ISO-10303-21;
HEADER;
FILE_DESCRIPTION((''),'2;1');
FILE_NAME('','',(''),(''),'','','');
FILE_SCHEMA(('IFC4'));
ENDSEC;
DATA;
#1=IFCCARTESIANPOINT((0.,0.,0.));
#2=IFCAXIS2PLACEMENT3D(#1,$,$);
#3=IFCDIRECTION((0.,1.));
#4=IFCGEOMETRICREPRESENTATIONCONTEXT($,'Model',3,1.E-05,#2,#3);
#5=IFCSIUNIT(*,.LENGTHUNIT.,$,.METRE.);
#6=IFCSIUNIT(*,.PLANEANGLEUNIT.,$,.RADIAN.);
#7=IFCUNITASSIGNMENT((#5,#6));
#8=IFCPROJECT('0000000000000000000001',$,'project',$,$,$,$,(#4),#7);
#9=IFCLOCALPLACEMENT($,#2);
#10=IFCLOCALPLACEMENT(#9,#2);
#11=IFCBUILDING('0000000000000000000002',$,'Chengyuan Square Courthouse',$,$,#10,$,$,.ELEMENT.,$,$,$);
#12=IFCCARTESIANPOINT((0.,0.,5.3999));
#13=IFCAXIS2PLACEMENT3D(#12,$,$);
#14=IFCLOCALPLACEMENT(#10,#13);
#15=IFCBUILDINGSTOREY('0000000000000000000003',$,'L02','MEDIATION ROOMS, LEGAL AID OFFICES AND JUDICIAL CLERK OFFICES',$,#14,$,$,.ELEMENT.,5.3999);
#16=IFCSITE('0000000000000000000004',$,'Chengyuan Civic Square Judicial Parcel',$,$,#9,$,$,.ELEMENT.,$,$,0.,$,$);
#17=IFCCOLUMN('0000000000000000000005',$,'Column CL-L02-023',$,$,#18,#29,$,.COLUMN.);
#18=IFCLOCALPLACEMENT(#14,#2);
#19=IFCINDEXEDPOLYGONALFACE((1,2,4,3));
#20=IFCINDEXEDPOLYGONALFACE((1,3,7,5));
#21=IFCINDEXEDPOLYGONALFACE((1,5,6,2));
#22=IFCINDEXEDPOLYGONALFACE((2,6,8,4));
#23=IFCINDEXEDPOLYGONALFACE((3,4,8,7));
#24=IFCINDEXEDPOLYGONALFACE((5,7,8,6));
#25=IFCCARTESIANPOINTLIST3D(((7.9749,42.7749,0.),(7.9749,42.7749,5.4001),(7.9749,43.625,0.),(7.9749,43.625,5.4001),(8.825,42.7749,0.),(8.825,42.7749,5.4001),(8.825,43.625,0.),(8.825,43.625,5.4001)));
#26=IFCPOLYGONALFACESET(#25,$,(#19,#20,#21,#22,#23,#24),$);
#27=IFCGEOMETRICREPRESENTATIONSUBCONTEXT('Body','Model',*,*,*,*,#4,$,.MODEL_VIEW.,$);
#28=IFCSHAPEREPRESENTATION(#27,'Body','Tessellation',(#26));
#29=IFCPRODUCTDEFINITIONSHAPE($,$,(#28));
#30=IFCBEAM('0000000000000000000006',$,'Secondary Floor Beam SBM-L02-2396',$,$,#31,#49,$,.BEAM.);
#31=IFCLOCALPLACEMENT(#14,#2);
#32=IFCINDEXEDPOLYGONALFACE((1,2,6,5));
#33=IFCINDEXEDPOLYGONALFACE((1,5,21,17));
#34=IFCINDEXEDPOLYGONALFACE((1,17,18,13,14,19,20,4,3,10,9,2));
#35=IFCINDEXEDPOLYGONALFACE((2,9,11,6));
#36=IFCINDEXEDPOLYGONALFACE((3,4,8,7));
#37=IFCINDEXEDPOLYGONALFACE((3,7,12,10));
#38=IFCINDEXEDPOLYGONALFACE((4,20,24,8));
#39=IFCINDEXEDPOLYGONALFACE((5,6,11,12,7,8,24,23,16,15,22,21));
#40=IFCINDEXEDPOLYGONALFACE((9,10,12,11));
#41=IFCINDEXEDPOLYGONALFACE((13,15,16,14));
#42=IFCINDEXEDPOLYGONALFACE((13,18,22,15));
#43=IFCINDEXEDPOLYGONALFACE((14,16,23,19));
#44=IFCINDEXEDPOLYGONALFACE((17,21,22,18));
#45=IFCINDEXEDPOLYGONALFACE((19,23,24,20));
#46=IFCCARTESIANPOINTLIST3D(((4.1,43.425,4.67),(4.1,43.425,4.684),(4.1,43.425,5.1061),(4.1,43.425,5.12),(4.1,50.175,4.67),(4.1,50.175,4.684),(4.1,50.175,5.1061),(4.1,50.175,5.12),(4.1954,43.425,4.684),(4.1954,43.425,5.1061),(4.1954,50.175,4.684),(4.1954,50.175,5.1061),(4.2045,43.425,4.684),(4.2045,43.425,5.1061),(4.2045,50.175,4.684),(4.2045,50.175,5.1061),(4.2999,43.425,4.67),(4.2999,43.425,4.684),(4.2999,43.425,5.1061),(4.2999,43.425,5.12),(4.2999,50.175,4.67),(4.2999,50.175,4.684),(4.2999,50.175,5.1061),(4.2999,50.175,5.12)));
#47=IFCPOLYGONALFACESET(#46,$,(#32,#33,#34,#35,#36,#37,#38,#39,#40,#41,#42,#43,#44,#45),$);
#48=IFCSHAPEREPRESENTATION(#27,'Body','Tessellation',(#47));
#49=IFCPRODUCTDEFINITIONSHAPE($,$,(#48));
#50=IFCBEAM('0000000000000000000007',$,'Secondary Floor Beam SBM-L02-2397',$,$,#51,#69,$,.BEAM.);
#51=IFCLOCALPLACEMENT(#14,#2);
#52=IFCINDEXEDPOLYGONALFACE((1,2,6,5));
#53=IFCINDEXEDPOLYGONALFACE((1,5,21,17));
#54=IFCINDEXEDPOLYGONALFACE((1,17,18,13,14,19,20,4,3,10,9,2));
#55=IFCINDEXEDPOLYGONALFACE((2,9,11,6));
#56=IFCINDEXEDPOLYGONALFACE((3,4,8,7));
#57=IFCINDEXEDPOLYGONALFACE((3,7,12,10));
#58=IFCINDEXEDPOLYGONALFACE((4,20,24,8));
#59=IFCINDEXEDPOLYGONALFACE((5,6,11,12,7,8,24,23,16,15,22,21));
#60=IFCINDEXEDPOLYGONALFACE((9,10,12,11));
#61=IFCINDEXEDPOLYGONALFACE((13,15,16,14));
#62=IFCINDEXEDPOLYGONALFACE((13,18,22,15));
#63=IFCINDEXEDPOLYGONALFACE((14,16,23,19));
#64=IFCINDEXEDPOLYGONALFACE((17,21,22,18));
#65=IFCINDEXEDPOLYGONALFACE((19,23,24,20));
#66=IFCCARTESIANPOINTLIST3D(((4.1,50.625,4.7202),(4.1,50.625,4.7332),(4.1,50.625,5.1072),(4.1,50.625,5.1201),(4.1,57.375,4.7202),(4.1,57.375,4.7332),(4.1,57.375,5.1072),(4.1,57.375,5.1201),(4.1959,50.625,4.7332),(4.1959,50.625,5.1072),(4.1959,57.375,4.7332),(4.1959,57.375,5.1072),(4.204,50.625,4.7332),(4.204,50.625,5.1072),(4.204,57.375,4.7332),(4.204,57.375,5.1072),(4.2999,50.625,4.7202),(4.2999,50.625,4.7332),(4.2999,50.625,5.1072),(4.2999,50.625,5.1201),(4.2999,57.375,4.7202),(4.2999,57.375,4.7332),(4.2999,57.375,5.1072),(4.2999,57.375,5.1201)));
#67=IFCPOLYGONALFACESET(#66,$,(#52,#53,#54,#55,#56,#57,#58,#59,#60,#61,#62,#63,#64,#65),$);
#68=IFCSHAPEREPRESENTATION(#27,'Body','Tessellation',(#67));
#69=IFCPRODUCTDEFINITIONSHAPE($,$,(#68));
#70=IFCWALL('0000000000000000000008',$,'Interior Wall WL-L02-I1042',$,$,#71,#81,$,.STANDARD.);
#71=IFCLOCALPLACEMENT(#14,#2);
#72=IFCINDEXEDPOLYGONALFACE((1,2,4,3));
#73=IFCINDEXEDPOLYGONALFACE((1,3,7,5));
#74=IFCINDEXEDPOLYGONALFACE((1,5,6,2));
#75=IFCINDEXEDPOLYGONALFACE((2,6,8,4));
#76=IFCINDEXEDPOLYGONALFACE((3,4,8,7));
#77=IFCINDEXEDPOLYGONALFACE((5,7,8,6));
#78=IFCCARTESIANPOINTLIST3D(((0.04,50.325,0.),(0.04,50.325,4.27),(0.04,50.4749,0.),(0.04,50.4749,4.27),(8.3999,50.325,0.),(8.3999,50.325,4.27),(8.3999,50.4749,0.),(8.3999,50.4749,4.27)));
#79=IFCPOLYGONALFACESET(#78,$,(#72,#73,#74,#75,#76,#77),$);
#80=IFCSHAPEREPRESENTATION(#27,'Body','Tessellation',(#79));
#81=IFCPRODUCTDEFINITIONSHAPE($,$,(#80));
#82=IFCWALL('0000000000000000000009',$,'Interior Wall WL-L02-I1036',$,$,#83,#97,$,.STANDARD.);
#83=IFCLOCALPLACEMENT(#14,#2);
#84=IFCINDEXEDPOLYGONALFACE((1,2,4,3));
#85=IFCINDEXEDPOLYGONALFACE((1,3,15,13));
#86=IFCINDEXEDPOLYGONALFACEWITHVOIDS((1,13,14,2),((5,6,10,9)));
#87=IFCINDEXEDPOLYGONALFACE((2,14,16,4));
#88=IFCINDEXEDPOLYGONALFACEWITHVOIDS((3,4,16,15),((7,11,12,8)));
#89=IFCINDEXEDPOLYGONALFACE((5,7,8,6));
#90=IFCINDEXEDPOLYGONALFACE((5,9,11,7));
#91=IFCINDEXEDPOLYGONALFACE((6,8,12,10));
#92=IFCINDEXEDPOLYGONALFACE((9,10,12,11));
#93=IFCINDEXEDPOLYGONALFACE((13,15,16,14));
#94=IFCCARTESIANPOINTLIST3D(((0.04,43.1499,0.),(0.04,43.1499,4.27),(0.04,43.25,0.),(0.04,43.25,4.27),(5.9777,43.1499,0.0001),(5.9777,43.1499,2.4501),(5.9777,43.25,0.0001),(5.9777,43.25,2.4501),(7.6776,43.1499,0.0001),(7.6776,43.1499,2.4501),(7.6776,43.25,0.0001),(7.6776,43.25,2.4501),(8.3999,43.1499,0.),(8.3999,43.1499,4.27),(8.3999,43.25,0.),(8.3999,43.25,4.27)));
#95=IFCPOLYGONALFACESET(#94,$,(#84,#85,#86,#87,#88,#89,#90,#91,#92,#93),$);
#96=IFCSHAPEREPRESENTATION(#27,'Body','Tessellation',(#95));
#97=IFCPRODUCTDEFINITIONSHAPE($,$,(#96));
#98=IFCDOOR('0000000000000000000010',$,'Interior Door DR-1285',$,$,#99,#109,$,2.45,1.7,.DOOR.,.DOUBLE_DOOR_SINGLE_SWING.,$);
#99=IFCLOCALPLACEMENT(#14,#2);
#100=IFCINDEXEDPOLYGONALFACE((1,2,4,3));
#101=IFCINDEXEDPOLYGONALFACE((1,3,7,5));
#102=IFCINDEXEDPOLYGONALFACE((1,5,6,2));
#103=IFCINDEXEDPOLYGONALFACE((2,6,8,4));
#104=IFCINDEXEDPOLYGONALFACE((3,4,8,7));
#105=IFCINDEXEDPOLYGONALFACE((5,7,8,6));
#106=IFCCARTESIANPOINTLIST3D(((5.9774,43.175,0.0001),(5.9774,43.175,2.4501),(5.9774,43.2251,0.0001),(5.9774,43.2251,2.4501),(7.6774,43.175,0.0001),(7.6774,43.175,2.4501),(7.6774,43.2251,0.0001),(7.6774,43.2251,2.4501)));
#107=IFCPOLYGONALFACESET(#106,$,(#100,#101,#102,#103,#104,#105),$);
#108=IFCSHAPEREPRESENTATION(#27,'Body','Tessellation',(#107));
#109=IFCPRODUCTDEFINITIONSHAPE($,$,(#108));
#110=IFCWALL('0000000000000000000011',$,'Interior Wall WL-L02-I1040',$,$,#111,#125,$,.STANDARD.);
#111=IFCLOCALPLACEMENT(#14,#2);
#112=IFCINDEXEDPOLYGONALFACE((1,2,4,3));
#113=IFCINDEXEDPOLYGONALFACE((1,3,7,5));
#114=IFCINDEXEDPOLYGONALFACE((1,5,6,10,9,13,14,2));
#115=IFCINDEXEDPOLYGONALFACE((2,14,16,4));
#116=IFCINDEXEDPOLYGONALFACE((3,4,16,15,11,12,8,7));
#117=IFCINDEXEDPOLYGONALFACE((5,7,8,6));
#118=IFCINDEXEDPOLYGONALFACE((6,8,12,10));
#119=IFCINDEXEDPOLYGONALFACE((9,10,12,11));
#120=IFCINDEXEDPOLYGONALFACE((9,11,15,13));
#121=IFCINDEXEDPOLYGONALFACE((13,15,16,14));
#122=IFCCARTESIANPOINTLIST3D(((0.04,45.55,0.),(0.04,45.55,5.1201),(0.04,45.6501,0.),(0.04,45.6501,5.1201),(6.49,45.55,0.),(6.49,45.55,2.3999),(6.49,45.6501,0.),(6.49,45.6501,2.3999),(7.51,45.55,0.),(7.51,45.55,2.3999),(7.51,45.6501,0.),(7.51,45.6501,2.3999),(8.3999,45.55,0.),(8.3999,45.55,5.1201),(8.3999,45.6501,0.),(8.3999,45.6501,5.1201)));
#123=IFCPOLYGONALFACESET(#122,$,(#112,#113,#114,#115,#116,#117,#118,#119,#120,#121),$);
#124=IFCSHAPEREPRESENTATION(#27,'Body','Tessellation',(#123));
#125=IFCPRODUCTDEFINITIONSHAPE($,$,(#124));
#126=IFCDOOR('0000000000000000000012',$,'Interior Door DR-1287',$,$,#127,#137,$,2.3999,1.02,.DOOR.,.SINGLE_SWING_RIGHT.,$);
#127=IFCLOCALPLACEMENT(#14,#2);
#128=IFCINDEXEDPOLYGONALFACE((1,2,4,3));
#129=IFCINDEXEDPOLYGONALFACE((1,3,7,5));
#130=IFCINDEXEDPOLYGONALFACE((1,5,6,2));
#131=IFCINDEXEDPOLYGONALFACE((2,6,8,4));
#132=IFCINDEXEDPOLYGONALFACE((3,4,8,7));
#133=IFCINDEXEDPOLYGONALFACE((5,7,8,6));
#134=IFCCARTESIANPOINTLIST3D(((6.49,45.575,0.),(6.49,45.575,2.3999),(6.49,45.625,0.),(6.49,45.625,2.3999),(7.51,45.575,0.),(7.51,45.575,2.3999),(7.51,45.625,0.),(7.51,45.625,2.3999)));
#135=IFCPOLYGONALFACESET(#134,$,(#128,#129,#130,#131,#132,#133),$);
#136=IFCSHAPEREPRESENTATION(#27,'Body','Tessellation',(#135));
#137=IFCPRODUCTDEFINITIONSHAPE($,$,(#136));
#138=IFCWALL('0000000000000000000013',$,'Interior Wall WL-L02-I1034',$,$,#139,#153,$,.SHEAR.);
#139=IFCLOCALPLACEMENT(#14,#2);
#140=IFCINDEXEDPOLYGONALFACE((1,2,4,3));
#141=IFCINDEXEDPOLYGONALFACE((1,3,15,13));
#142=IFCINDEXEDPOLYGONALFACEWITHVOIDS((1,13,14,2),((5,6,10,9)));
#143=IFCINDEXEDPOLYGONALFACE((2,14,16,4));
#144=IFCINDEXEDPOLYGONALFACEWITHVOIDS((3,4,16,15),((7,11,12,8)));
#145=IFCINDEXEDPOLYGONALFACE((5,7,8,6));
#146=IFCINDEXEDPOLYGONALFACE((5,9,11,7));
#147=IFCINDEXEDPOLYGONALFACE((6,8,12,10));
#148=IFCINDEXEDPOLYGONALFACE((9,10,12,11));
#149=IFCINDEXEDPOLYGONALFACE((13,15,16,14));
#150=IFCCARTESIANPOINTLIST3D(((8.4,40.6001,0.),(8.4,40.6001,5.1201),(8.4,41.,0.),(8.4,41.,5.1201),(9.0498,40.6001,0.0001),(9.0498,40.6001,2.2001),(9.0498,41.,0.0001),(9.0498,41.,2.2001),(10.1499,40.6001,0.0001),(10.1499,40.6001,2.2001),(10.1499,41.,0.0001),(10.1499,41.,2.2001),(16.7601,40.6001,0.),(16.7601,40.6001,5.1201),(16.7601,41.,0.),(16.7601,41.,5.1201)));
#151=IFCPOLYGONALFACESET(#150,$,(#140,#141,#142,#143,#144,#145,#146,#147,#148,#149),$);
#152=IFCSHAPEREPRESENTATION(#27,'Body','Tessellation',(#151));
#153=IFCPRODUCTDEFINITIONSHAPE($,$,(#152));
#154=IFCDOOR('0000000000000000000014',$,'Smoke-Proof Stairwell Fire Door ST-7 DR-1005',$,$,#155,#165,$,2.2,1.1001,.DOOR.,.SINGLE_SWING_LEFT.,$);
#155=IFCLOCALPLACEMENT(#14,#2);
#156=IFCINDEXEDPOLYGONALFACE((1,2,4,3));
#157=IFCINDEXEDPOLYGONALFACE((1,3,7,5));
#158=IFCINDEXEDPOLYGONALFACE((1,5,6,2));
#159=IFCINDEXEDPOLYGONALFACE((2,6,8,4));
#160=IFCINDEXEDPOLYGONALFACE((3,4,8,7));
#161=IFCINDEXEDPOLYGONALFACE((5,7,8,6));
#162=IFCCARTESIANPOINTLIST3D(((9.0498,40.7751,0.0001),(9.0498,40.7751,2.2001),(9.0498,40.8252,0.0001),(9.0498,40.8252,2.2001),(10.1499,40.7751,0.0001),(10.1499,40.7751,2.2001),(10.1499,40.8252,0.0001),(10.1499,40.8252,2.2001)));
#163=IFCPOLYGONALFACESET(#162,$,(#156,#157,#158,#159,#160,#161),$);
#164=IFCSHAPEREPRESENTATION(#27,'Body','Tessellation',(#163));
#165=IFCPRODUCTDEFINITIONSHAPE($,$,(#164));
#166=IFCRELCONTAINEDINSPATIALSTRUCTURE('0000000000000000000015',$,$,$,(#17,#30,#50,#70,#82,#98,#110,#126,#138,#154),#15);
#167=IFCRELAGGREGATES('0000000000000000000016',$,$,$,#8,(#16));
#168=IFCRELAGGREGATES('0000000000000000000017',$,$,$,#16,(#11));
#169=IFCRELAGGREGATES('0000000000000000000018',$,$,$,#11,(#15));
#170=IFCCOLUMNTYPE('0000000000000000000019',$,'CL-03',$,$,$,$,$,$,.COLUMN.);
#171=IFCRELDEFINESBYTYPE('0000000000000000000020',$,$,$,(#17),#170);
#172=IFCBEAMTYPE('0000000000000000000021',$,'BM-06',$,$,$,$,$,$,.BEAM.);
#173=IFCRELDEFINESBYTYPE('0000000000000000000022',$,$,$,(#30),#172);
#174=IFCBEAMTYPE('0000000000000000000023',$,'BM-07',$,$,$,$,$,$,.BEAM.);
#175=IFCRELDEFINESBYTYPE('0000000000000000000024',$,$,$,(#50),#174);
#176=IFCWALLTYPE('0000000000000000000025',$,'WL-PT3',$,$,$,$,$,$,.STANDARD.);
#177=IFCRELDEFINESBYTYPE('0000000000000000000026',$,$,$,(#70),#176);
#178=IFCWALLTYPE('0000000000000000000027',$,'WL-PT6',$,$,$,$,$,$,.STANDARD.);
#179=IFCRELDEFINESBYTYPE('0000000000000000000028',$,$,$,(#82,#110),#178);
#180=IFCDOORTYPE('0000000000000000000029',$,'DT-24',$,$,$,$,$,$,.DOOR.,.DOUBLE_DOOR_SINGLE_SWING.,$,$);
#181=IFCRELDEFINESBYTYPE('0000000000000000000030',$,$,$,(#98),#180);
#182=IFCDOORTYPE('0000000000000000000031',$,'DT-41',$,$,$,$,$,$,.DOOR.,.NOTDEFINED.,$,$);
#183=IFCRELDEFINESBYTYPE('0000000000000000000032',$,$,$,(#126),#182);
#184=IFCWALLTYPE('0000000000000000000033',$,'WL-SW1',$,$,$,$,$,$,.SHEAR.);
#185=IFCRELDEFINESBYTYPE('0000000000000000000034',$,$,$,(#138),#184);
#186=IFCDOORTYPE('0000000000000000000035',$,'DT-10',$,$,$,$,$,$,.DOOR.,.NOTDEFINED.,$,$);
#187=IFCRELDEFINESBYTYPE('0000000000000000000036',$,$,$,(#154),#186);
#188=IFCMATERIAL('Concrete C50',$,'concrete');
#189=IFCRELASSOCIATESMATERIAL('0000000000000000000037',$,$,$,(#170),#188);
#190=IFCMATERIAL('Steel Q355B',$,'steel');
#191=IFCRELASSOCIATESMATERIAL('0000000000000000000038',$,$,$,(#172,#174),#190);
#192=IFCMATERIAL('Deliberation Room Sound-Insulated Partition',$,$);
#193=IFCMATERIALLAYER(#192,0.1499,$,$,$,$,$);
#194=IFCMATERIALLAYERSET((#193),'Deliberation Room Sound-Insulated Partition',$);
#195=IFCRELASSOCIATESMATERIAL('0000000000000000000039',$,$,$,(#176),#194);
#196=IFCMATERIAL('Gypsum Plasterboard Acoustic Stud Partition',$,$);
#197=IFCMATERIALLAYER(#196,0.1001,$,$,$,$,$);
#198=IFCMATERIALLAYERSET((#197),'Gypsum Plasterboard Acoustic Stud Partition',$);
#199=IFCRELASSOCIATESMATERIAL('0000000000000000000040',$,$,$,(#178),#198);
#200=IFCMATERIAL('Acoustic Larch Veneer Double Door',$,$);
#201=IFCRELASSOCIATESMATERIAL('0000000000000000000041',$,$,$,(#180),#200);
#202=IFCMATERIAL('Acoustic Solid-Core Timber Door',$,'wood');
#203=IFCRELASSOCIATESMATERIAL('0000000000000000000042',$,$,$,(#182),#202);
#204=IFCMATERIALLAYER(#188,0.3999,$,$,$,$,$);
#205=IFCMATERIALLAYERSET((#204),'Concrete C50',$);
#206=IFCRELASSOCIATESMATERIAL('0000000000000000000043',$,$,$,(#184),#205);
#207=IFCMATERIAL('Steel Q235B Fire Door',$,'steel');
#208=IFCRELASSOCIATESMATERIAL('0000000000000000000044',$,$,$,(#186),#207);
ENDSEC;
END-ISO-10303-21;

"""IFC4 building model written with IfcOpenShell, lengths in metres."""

from ifc_helpers import new_model, si_unit, direction, frame, frame_2d, origin, origin_2d, place, context, subcontext, project, spatial, rectangle, i_section, extrude, material, layer, layer_set, material_profile, profile_set, type_object, element, fill, save


model = new_model("IFC4")

# Units and contexts
model_context = context("Model", 3, precision=1e-05, world=origin(), true_north=direction((0.0, 1.0)))
body_context = subcontext(model_context, "Body", "Model", "MODEL_VIEW")
ifc_project = project(units=[si_unit("LENGTHUNIT", "METRE"), si_unit("PLANEANGLEUNIT", "RADIAN")], contexts=[model_context])

# Site, building, storey
site_placement = place(None, origin())
site = spatial("IfcSite", under=ifc_project, at=site_placement, Name="Chengyuan Civic Square Judicial Parcel", CompositionType="ELEMENT", RefElevation=0.0)
building_placement = place(site_placement, origin())
building = spatial("IfcBuilding", under=site, at=building_placement, Name="Chengyuan Square Courthouse", CompositionType="ELEMENT")
storey_placement = place(building_placement, frame((0.0, 0.0, 5.3999)))
storey = spatial("IfcBuildingStorey", under=building, at=storey_placement, Name="L02", Description="MEDIATION ROOMS, LEGAL AID OFFICES AND JUDICIAL CLERK OFFICES", CompositionType="ELEMENT", Elevation=5.3999)

# Column
ifc_material_1 = material(Name="Concrete C50", Category="concrete")
ifc_material_profile_1 = material_profile(ifc_material_1, rectangle(XDim=0.8501, YDim=0.8501, at=origin_2d()), Name="RC-COL-850x850")
ifc_profile_set_1 = profile_set([ifc_material_profile_1], Name="Concrete C50")
column_type = type_object("IfcColumnType", Name="CL-03", PredefinedType="COLUMN", material=ifc_profile_set_1)
column_placement = place(storey_placement, frame((8.3999, 43.2, 0.0), z_axis=(0.0, 0.0, 1.0), x_axis=(1.0, 0.0, 0.0)))
element("IfcColumn", 1, at=column_placement, inside=storey, type_object=column_type, Name="Column CL-L02-023", PredefinedType="COLUMN", context=body_context, shape_type="SweptSolid", body=[
    extrude(rectangle(XDim=0.8501, YDim=0.8501, at=origin_2d()), origin(), (0.0, 0.0, 1.0), 5.4001),
])

# Beams
ifc_material_2 = material(Name="Steel Q355B", Category="steel")
ifc_material_profile_2 = material_profile(ifc_material_2, i_section(OverallWidth=0.2, OverallDepth=0.45, WebThickness=0.009, FlangeThickness=0.0139, at=origin_2d()), Name="HN 450x200x9x14")
ifc_profile_set_2 = profile_set([ifc_material_profile_2], Name="Steel Q355B")
beam_type_1 = type_object("IfcBeamType", Name="BM-06", PredefinedType="BEAM", material=ifc_profile_set_2)
beam_1_placement = place(storey_placement, frame((4.2, 43.425, 4.895), z_axis=(0.0, 1.0, 0.0), x_axis=(-1.0, 0.0, 0.0)))
element("IfcBeam", 2, at=beam_1_placement, inside=storey, type_object=beam_type_1, Name="Secondary Floor Beam SBM-L02-2396", PredefinedType="BEAM", context=body_context, shape_type="SweptSolid", body=[
    extrude(i_section(OverallWidth=0.2, OverallDepth=0.45, WebThickness=0.009, FlangeThickness=0.0139, at=origin_2d()), origin(), (0.0, 0.0, 1.0), 6.75),
])
ifc_material_profile_3 = material_profile(ifc_material_2, i_section(OverallWidth=0.2, OverallDepth=0.3999, WebThickness=0.0081, FlangeThickness=0.0129, at=origin_2d()), Name="HN 400x200x8x13")
ifc_profile_set_3 = profile_set([ifc_material_profile_3], Name="Steel Q355B")
beam_type_2 = type_object("IfcBeamType", Name="BM-07", PredefinedType="BEAM", material=ifc_profile_set_3)
beam_2_placement = place(storey_placement, frame((4.2, 50.625, 4.9202), z_axis=(0.0, 1.0, 0.0), x_axis=(-1.0, 0.0, 0.0)))
element("IfcBeam", 3, at=beam_2_placement, inside=storey, type_object=beam_type_2, Name="Secondary Floor Beam SBM-L02-2397", PredefinedType="BEAM", context=body_context, shape_type="SweptSolid", body=[
    extrude(i_section(OverallWidth=0.2, OverallDepth=0.3999, WebThickness=0.0081, FlangeThickness=0.0129, at=origin_2d()), origin(), (0.0, 0.0, 1.0), 6.75),
])

# Shared definitions
ifc_material_3 = material(Name="Steel Q235B Fire Door", Category="steel")

# Wall
ifc_material_4 = material(Name="Deliberation Room Sound-Insulated Partition")
ifc_layer_1 = layer(ifc_material_4, 0.1499)
ifc_layer_set_1 = layer_set([ifc_layer_1], Name="Deliberation Room Sound-Insulated Partition")
wall_type_1 = type_object("IfcWallType", Name="WL-PT3", PredefinedType="STANDARD", material=ifc_layer_set_1)
wall_1_placement = place(storey_placement, frame((0.04, 50.3999, 0.0), z_axis=(0.0, 0.0, 1.0), x_axis=(1.0, 0.0, 0.0)))
element("IfcWall", 4, at=wall_1_placement, inside=storey, type_object=wall_type_1, Name="Interior Wall WL-L02-I1042", PredefinedType="STANDARD", context=body_context, shape_type="SweptSolid", body=[
    extrude(rectangle(XDim=8.3599, YDim=0.1499, at=frame_2d((4.1799, 0.0))), origin(), (0.0, 0.0, 1.0), 4.27),
])

# Walls, openings, doors
ifc_material_5 = material(Name="Gypsum Plasterboard Acoustic Stud Partition")
ifc_layer_2 = layer(ifc_material_5, 0.1001)
ifc_layer_set_2 = layer_set([ifc_layer_2], Name="Gypsum Plasterboard Acoustic Stud Partition")
wall_type_2 = type_object("IfcWallType", Name="WL-PT6", PredefinedType="STANDARD", material=ifc_layer_set_2)
wall_2_placement = place(storey_placement, frame((0.04, 43.2, 0.0), z_axis=(0.0, 0.0, 1.0), x_axis=(1.0, 0.0, 0.0)))
wall_2 = element("IfcWall", 5, at=wall_2_placement, inside=storey, type_object=wall_type_2, Name="Interior Wall WL-L02-I1036", PredefinedType="STANDARD", context=body_context, shape_type="SweptSolid", body=[
    extrude(rectangle(XDim=8.3599, YDim=0.1001, at=frame_2d((4.1799, 0.0))), origin(), (0.0, 0.0, 1.0), 4.27),
])
opening_1_placement = place(wall_2_placement, frame((5.9375, 0.0, 0.0)))
opening_1 = element("IfcOpeningElement", 6, at=opening_1_placement, cuts=wall_2, PredefinedType="OPENING", context=body_context, shape_type="SweptSolid", body=[
    extrude(rectangle(XDim=1.7, YDim=2.45, at=frame_2d((0.8501, 1.2251))), frame((0.0, 0.062, 0.0), z_axis=(0.0, -1.0, 0.0), x_axis=(1.0, 0.0, 0.0)), (0.0, 0.0, 1.0), 0.124),
])
ifc_material_6 = material(Name="Acoustic Larch Veneer Double Door")
door_type_1 = type_object("IfcDoorType", Name="DT-24", OperationType="DOUBLE_DOOR_SINGLE_SWING", PredefinedType="DOOR", material=ifc_material_6)
door_1_placement = place(opening_1_placement, frame((1.7, 0.0, 0.0), z_axis=(0.0, 0.0, 1.0), x_axis=(-1.0, 0.0, 0.0)))
door_1 = element("IfcDoor", 7, at=door_1_placement, inside=storey, type_object=door_type_1, Name="Interior Door DR-1285", OperationType="DOUBLE_DOOR_SINGLE_SWING", OverallHeight=2.45, OverallWidth=1.7, PredefinedType="DOOR", context=body_context, shape_type="SweptSolid", body=[
    extrude(rectangle(XDim=1.7, YDim=2.45, at=frame_2d((0.8501, 1.2251))), frame((0.0, 0.0249, 0.0), z_axis=(0.0, -1.0, 0.0), x_axis=(1.0, 0.0, 0.0)), (0.0, 0.0, 1.0), 0.05),
])
fill(opening_1, door_1)
wall_3_placement = place(storey_placement, frame((0.04, 45.6001, 0.0), z_axis=(0.0, 0.0, 1.0), x_axis=(1.0, 0.0, 0.0)))
wall_3 = element("IfcWall", 8, at=wall_3_placement, inside=storey, type_object=wall_type_2, Name="Interior Wall WL-L02-I1040", PredefinedType="STANDARD", context=body_context, shape_type="SweptSolid", body=[
    extrude(rectangle(XDim=8.3599, YDim=0.1001, at=frame_2d((4.1799, 0.0))), origin(), (0.0, 0.0, 1.0), 5.1201),
])
opening_2_placement = place(wall_3_placement, frame((6.45, 0.0, 0.0)))
opening_2 = element("IfcOpeningElement", 9, at=opening_2_placement, cuts=wall_3, PredefinedType="OPENING", context=body_context, shape_type="SweptSolid", body=[
    extrude(rectangle(XDim=1.02, YDim=2.3999, at=frame_2d((0.51, 1.2))), frame((0.0, 0.062, 0.0), z_axis=(0.0, -1.0, 0.0), x_axis=(1.0, 0.0, 0.0)), (0.0, 0.0, 1.0), 0.124),
])
ifc_material_7 = material(Name="Acoustic Solid-Core Timber Door", Category="wood")
door_type_2 = type_object("IfcDoorType", Name="DT-41", OperationType="NOTDEFINED", PredefinedType="DOOR", material=ifc_material_7)
door_2_placement = place(opening_2_placement, origin())
door_2 = element("IfcDoor", 10, at=door_2_placement, inside=storey, type_object=door_type_2, Name="Interior Door DR-1287", OperationType="SINGLE_SWING_RIGHT", OverallHeight=2.3999, OverallWidth=1.02, PredefinedType="DOOR", context=body_context, shape_type="SweptSolid", body=[
    extrude(rectangle(XDim=1.02, YDim=2.3999, at=frame_2d((0.51, 1.2))), frame((0.0, 0.0249, 0.0), z_axis=(0.0, -1.0, 0.0), x_axis=(1.0, 0.0, 0.0)), (0.0, 0.0, 1.0), 0.05),
])
fill(opening_2, door_2)
ifc_layer_3 = layer(ifc_material_1, 0.3999)
ifc_layer_set_3 = layer_set([ifc_layer_3], Name="Concrete C50")
wall_type_3 = type_object("IfcWallType", Name="WL-SW1", PredefinedType="SHEAR", material=ifc_layer_set_3)
wall_4_placement = place(storey_placement, frame((8.3999, 40.8, 0.0), z_axis=(0.0, 0.0, 1.0), x_axis=(1.0, 0.0, 0.0)))
wall_4 = element("IfcWall", 11, at=wall_4_placement, inside=storey, type_object=wall_type_3, Name="Interior Wall WL-L02-I1034", PredefinedType="SHEAR", context=body_context, shape_type="SweptSolid", body=[
    extrude(rectangle(XDim=8.3601, YDim=0.3999, at=frame_2d((4.1802, 0.0))), origin(), (0.0, 0.0, 1.0), 5.1201),
])
opening_3_placement = place(wall_4_placement, frame((0.6499, 0.0, 0.0)))
opening_3 = element("IfcOpeningElement", 12, at=opening_3_placement, cuts=wall_4, PredefinedType="OPENING", context=body_context, shape_type="SweptSolid", body=[
    extrude(rectangle(XDim=1.1001, YDim=2.2, at=frame_2d((0.55, 1.1001))), frame((0.0, 0.2119, 0.0), z_axis=(0.0, -1.0, 0.0), x_axis=(1.0, 0.0, 0.0)), (0.0, 0.0, 1.0), 0.4238),
])
door_type_3 = type_object("IfcDoorType", Name="DT-10", OperationType="NOTDEFINED", PredefinedType="DOOR", material=ifc_material_3)
door_3_placement = place(opening_3_placement, frame((1.1001, 0.0, 0.0), z_axis=(0.0, 0.0, 1.0), x_axis=(-1.0, 0.0, 0.0)))
door_3 = element("IfcDoor", 13, at=door_3_placement, inside=storey, type_object=door_type_3, Name="Smoke-Proof Stairwell Fire Door ST-7 DR-1005", OperationType="SINGLE_SWING_LEFT", OverallHeight=2.2, OverallWidth=1.1001, PredefinedType="DOOR", context=body_context, shape_type="SweptSolid", body=[
    extrude(rectangle(XDim=1.1001, YDim=2.2, at=frame_2d((0.55, 1.1001))), frame((0.0, 0.0249, 0.0), z_axis=(0.0, -1.0, 0.0), x_axis=(1.0, 0.0, 0.0)), (0.0, 0.0, 1.0), 0.05),
])
fill(opening_3, door_3)

save(model, "model.ifc")
